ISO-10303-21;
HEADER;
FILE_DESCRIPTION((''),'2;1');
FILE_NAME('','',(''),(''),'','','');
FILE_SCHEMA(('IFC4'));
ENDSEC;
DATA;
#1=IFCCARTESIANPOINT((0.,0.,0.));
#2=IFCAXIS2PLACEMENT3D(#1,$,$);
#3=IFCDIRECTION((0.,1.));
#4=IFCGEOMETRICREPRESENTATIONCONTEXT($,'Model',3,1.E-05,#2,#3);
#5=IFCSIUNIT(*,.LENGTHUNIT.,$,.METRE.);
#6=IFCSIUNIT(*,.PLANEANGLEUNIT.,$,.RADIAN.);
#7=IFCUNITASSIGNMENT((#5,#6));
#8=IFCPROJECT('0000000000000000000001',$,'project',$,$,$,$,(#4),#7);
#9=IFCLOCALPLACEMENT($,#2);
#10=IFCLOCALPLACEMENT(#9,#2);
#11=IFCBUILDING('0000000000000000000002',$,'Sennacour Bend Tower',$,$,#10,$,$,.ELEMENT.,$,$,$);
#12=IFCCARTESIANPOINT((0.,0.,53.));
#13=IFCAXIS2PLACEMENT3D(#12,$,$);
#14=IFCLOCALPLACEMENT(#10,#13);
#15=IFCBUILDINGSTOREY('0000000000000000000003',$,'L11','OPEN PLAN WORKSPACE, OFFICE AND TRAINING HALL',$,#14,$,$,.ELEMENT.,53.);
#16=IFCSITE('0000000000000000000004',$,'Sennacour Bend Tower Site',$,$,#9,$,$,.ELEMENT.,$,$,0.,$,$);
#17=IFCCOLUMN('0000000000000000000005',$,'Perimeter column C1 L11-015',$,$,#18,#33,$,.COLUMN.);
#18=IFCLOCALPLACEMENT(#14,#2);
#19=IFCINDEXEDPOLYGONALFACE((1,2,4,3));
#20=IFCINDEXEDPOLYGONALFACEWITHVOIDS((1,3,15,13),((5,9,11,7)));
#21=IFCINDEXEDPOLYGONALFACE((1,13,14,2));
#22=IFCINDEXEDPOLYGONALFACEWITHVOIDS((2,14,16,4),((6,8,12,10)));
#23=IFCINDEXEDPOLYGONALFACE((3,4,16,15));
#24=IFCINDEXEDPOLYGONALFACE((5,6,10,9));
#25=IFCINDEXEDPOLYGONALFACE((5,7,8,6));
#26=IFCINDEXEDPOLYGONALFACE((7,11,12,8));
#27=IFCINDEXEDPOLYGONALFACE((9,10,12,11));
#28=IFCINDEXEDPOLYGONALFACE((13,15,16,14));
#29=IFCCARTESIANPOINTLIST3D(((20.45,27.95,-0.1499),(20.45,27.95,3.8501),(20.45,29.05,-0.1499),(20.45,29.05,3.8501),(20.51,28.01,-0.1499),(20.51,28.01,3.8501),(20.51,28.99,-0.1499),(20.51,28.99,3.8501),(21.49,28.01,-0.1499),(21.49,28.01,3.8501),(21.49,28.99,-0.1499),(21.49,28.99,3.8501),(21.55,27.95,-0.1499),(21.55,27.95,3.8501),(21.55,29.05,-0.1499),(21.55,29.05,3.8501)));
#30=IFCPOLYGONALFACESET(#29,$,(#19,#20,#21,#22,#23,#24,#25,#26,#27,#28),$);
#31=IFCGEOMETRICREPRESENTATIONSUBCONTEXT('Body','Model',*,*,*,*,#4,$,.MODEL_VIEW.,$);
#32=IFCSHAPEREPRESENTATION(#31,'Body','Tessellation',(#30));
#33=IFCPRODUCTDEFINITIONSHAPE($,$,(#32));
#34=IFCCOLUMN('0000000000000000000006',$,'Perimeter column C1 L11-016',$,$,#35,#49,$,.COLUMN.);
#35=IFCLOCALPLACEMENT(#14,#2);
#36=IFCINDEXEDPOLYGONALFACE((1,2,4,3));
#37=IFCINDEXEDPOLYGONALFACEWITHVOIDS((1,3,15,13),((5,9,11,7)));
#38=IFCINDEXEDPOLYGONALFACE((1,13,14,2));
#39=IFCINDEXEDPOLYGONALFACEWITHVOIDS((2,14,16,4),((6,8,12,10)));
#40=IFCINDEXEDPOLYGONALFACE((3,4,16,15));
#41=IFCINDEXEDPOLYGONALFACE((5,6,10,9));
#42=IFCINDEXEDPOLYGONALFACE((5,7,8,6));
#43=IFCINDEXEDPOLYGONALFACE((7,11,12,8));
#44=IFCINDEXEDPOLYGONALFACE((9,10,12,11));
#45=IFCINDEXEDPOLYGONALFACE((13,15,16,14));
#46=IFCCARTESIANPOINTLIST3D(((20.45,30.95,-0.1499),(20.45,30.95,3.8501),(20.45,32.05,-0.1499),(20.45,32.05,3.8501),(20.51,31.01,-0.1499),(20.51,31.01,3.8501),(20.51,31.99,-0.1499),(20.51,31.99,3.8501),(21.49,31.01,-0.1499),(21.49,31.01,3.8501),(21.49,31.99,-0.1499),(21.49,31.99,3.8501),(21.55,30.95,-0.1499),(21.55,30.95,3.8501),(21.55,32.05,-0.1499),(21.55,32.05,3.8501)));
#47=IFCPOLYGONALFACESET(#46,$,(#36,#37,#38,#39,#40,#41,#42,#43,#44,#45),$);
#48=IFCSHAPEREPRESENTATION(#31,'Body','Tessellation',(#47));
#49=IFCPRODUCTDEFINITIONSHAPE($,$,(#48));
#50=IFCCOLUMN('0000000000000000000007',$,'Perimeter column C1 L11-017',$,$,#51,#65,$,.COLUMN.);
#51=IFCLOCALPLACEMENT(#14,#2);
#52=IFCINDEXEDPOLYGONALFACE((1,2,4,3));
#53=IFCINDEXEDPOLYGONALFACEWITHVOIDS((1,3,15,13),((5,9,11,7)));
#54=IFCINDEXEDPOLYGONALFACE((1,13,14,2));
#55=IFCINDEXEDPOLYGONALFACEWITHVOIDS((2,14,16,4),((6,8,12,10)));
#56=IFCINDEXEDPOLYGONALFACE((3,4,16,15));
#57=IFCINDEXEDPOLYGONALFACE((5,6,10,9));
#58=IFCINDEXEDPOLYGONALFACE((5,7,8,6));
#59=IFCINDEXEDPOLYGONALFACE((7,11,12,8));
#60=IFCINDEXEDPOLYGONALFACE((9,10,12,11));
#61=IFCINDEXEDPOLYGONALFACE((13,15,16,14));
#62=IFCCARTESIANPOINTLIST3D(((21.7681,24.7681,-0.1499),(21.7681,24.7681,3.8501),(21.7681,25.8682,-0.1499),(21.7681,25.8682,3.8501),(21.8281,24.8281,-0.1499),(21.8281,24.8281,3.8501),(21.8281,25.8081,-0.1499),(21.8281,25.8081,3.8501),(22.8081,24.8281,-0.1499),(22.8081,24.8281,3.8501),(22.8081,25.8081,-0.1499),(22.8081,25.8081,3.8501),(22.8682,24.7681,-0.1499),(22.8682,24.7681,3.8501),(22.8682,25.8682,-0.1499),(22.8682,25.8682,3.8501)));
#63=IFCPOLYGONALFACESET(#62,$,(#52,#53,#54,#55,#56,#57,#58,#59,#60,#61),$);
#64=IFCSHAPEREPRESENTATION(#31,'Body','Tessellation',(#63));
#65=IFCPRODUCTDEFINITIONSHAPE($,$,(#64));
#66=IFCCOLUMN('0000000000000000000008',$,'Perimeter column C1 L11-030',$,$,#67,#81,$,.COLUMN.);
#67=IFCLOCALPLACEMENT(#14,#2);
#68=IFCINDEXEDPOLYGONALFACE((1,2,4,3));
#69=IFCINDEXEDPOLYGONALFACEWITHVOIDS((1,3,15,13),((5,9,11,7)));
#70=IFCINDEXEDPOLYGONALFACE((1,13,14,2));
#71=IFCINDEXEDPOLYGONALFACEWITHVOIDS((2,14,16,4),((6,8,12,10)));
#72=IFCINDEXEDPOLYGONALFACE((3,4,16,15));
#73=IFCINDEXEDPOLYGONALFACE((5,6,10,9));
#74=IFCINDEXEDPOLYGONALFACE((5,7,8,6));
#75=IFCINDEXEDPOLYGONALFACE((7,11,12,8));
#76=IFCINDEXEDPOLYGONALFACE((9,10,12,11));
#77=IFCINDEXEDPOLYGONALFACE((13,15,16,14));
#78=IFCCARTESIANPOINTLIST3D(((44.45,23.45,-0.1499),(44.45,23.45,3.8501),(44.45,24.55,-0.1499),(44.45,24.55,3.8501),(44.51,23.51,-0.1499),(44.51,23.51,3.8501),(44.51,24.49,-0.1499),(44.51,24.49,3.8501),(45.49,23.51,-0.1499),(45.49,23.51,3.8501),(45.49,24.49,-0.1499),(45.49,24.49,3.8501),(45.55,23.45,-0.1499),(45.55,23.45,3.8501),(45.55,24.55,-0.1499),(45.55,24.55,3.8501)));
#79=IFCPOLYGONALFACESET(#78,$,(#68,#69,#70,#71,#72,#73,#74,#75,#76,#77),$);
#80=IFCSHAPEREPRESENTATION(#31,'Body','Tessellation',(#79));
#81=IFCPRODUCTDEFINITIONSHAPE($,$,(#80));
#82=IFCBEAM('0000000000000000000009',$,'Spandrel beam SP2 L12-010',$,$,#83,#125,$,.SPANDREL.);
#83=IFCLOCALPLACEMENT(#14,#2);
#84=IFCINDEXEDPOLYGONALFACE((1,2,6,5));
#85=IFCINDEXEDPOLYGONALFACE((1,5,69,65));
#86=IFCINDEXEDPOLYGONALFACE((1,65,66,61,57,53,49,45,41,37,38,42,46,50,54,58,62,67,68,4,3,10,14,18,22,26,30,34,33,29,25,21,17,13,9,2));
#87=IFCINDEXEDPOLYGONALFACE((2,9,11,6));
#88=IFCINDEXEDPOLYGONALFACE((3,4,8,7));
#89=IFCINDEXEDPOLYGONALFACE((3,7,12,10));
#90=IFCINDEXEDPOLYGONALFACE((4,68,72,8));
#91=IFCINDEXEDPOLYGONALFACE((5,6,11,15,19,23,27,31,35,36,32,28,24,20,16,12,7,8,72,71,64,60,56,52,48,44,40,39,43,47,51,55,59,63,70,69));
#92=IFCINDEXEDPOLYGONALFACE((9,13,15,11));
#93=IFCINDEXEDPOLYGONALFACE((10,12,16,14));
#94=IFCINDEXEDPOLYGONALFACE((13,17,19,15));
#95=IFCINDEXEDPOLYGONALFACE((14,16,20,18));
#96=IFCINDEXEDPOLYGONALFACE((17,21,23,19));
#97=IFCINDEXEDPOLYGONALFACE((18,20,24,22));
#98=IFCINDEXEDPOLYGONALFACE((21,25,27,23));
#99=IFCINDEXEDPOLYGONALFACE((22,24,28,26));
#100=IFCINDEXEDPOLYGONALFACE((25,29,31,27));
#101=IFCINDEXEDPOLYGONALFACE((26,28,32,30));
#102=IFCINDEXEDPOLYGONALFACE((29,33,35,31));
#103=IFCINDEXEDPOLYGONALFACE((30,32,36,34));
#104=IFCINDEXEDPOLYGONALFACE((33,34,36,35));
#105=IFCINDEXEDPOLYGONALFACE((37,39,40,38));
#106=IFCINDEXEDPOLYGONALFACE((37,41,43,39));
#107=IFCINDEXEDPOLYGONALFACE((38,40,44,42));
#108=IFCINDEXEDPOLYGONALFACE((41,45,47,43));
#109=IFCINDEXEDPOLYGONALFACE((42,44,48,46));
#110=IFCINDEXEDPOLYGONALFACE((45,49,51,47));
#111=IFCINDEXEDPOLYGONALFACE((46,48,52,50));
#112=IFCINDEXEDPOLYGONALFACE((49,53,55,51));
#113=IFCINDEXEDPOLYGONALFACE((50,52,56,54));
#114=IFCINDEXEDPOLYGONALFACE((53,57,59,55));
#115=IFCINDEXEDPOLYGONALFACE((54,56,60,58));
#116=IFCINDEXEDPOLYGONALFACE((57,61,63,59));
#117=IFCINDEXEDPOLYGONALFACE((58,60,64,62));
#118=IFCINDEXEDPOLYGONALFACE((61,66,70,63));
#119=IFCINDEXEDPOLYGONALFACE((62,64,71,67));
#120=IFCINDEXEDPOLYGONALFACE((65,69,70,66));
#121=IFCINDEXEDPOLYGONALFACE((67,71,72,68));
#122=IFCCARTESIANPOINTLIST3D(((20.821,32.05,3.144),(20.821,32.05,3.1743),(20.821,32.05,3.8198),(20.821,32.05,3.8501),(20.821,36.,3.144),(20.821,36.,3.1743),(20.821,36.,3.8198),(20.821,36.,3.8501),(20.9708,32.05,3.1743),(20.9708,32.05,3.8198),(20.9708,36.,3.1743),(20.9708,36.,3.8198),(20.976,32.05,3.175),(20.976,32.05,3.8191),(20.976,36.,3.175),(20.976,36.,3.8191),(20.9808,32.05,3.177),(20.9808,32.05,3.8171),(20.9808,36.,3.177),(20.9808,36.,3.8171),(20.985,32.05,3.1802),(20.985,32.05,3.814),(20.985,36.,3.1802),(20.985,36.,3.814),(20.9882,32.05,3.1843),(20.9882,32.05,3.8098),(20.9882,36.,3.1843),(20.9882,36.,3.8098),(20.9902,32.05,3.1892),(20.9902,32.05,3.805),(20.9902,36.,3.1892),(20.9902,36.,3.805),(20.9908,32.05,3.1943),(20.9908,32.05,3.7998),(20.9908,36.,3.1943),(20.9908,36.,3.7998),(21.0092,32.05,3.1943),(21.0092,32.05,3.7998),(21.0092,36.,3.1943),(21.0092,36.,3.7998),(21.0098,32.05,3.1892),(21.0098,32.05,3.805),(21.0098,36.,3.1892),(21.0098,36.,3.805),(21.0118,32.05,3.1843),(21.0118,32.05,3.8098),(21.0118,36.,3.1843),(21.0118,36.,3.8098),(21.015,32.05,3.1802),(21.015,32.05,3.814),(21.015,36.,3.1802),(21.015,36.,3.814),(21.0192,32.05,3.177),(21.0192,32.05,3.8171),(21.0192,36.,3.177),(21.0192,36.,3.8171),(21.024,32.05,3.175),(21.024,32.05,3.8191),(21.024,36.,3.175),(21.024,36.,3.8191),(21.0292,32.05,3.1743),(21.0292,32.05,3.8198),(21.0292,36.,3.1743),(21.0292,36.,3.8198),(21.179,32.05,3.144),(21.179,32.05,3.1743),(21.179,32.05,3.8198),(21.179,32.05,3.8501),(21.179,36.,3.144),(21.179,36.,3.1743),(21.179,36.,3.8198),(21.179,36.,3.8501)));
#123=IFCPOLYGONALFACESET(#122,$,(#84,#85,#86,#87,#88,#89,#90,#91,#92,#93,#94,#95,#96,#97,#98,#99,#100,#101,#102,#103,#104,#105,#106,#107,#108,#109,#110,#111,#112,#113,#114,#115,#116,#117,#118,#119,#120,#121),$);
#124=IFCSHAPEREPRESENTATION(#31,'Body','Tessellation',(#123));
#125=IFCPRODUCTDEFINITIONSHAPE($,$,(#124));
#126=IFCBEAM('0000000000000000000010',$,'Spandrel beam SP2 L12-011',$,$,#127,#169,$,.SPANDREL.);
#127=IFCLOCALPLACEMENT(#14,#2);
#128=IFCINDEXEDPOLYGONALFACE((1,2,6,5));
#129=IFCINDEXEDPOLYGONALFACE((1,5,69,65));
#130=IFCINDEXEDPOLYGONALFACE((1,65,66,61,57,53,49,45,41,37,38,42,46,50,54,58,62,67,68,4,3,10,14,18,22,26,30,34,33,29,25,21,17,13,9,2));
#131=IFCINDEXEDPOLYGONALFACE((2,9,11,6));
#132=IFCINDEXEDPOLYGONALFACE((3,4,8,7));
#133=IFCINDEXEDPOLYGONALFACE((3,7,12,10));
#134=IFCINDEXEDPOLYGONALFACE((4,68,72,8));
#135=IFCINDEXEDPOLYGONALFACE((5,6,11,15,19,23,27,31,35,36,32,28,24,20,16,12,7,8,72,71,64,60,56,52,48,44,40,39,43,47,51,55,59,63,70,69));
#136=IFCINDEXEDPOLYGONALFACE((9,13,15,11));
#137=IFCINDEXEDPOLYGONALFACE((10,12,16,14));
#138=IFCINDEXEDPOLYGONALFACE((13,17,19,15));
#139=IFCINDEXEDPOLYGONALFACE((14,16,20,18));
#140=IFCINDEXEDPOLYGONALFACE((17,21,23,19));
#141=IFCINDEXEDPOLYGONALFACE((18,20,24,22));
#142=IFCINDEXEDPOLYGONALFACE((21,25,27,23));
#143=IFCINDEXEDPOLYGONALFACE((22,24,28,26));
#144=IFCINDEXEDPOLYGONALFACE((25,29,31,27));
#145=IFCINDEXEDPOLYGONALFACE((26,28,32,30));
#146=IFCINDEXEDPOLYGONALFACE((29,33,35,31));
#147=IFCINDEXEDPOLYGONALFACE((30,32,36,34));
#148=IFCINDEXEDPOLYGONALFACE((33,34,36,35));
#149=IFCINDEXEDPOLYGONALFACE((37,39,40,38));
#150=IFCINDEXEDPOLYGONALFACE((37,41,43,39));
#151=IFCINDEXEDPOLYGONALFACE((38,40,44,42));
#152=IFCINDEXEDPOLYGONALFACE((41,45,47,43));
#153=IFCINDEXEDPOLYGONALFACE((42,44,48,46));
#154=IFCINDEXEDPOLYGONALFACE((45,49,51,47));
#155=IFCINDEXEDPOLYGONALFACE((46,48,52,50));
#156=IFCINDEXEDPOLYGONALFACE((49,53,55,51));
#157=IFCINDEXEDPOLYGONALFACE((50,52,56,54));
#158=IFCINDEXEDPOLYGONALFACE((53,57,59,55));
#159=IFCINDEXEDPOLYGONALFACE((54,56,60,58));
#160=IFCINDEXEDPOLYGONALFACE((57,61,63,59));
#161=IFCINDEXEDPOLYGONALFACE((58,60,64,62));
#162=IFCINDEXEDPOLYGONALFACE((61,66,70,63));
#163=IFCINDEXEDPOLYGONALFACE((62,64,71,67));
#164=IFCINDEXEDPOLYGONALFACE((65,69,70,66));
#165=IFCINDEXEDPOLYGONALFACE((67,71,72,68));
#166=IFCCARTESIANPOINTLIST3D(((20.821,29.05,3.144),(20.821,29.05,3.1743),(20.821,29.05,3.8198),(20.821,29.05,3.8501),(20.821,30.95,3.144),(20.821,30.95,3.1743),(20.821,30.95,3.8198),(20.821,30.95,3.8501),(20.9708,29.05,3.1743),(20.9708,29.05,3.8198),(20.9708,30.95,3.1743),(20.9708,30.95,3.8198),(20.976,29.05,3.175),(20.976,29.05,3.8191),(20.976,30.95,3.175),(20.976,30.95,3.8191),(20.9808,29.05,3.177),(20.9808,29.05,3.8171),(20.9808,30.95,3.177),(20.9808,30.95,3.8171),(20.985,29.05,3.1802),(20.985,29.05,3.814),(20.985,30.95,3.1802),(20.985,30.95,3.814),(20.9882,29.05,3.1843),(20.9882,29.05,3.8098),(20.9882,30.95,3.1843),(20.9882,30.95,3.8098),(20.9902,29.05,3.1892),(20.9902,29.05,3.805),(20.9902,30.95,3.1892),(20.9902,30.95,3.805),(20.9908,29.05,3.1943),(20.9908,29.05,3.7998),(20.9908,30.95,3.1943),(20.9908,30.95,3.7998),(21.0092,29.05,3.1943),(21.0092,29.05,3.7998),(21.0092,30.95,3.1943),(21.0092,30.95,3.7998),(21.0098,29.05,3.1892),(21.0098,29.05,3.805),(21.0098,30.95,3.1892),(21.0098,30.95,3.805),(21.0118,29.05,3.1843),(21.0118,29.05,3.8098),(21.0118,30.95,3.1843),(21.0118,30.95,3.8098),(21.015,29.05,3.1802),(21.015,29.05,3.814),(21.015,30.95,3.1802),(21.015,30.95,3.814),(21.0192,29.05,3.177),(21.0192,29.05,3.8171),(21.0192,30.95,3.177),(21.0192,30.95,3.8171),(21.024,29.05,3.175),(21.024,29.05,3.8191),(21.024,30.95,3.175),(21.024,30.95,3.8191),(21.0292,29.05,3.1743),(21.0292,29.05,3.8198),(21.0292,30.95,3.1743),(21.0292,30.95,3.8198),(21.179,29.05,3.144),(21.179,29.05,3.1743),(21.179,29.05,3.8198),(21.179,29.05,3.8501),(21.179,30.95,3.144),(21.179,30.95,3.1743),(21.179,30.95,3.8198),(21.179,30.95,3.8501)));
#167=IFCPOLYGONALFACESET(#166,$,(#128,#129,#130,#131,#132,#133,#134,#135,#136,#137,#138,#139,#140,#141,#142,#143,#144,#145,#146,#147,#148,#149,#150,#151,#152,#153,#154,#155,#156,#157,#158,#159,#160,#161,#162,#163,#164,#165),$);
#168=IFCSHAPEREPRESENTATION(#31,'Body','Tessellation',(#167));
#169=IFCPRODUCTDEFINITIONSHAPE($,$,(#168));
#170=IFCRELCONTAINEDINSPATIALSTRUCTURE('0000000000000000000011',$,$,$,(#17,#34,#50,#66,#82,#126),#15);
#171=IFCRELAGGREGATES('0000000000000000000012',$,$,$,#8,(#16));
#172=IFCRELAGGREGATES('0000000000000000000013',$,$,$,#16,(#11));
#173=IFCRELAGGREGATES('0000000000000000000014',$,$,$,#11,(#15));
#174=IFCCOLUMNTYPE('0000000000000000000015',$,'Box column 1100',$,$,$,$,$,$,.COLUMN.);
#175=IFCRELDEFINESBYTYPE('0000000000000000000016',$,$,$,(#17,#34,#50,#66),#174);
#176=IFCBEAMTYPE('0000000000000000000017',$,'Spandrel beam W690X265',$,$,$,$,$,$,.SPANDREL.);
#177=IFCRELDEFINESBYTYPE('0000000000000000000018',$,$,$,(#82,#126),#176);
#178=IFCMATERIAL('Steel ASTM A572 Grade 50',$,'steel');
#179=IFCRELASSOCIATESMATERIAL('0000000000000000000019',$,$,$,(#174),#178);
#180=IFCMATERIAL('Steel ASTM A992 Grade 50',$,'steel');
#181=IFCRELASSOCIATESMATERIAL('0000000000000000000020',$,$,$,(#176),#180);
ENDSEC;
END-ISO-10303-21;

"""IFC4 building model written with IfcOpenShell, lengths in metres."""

from ifc_helpers import new_model, si_unit, direction, frame, origin, origin_2d, place, context, subcontext, project, spatial, hollow_rectangle, i_section, extrude, material, material_profile, profile_set, type_object, element, save


model = new_model("IFC4")

# Units and contexts
model_context = context("Model", 3, precision=1e-05, world=origin(), true_north=direction((0.0, 1.0)))
body_context = subcontext(model_context, "Body", "Model", "MODEL_VIEW")
ifc_project = project(units=[si_unit("LENGTHUNIT", "METRE"), si_unit("PLANEANGLEUNIT", "RADIAN")], contexts=[model_context])

# Site, building, storey
site_placement = place(None, origin())
site = spatial("IfcSite", under=ifc_project, at=site_placement, Name="Sennacour Bend Tower Site", CompositionType="ELEMENT", RefElevation=0.0)
building_placement = place(site_placement, origin())
building = spatial("IfcBuilding", under=site, at=building_placement, Name="Sennacour Bend Tower", CompositionType="ELEMENT")
storey_placement = place(building_placement, frame((0.0, 0.0, 53.0)))
storey = spatial("IfcBuildingStorey", under=building, at=storey_placement, Name="L11", Description="OPEN PLAN WORKSPACE, OFFICE AND TRAINING HALL", CompositionType="ELEMENT", Elevation=53.0)

# Columns
ifc_material_1 = material(Name="Steel ASTM A572 Grade 50", Category="steel")
ifc_material_profile_1 = material_profile(ifc_material_1, hollow_rectangle(XDim=1.1001, YDim=1.1001, WallThickness=0.0601, at=origin_2d()), Name="Steel ASTM A572 Grade 50", Category="steel")
ifc_profile_set_1 = profile_set([ifc_material_profile_1], Name="Steel ASTM A572 Grade 50")
column_type = type_object("IfcColumnType", Name="Box column 1100", PredefinedType="COLUMN", material=ifc_profile_set_1)
for number, where, z_axis, x_axis, name in (
    (1, (21.0, 28.5, -0.1499), (0.0, 0.0, 1.0), (1.0, 0.0, 0.0), "Perimeter column C1 L11-015"),
    (2, (21.0, 31.5, -0.1499), (0.0, 0.0, 1.0), (1.0, 0.0, 0.0), "Perimeter column C1 L11-016"),
    (3, (22.3181, 25.3181, -0.1499), (0.0, 0.0, 1.0), (1.0, 0.0, 0.0), "Perimeter column C1 L11-017"),
    (4, (45.0, 24.0, -0.1499), (0.0, 0.0, 1.0), (1.0, 0.0, 0.0), "Perimeter column C1 L11-030"),
):
    element("IfcColumn", number, at=place(storey_placement, frame(where, z_axis=z_axis, x_axis=x_axis)), inside=storey, type_object=column_type, Name=name, PredefinedType="COLUMN", context=body_context, shape_type="SweptSolid", body=[
        extrude(hollow_rectangle(XDim=1.1001, YDim=1.1001, WallThickness=0.0601, at=origin_2d()), origin(), (0.0, 0.0, 1.0), 4.0),
    ])

# Beams
ifc_material_2 = material(Name="Steel ASTM A992 Grade 50", Category="steel")
ifc_material_profile_2 = material_profile(ifc_material_2, i_section(OverallWidth=0.3579, OverallDepth=0.7061, WebThickness=0.0183, FlangeThickness=0.0303, FilletRadius=0.02, at=origin_2d()), Name="Steel ASTM A992 Grade 50", Category="steel")
ifc_profile_set_2 = profile_set([ifc_material_profile_2], Name="Steel ASTM A992 Grade 50")
beam_type = type_object("IfcBeamType", Name="Spandrel beam W690X265", PredefinedType="SPANDREL", material=ifc_profile_set_2)
beam_1_placement = place(storey_placement, frame((21.0, 36.0, 3.4971), z_axis=(0.0, -1.0, 0.0), x_axis=(1.0, 0.0, 0.0)))
element("IfcBeam", 5, at=beam_1_placement, inside=storey, type_object=beam_type, Name="Spandrel beam SP2 L12-010", PredefinedType="SPANDREL", context=body_context, shape_type="SweptSolid", body=[
    extrude(i_section(OverallWidth=0.3579, OverallDepth=0.7061, WebThickness=0.0183, FlangeThickness=0.0303, FilletRadius=0.02, at=origin_2d()), origin(), (0.0, 0.0, 1.0), 3.95),
])
beam_2_placement = place(storey_placement, frame((21.0, 30.95, 3.4971), z_axis=(0.0, -1.0, 0.0), x_axis=(1.0, 0.0, 0.0)))
element("IfcBeam", 6, at=beam_2_placement, inside=storey, type_object=beam_type, Name="Spandrel beam SP2 L12-011", PredefinedType="SPANDREL", context=body_context, shape_type="SweptSolid", body=[
    extrude(i_section(OverallWidth=0.3579, OverallDepth=0.7061, WebThickness=0.0183, FlangeThickness=0.0303, FilletRadius=0.02, at=origin_2d()), origin(), (0.0, 0.0, 1.0), 1.8999),
])

save(model, "model.ifc")
